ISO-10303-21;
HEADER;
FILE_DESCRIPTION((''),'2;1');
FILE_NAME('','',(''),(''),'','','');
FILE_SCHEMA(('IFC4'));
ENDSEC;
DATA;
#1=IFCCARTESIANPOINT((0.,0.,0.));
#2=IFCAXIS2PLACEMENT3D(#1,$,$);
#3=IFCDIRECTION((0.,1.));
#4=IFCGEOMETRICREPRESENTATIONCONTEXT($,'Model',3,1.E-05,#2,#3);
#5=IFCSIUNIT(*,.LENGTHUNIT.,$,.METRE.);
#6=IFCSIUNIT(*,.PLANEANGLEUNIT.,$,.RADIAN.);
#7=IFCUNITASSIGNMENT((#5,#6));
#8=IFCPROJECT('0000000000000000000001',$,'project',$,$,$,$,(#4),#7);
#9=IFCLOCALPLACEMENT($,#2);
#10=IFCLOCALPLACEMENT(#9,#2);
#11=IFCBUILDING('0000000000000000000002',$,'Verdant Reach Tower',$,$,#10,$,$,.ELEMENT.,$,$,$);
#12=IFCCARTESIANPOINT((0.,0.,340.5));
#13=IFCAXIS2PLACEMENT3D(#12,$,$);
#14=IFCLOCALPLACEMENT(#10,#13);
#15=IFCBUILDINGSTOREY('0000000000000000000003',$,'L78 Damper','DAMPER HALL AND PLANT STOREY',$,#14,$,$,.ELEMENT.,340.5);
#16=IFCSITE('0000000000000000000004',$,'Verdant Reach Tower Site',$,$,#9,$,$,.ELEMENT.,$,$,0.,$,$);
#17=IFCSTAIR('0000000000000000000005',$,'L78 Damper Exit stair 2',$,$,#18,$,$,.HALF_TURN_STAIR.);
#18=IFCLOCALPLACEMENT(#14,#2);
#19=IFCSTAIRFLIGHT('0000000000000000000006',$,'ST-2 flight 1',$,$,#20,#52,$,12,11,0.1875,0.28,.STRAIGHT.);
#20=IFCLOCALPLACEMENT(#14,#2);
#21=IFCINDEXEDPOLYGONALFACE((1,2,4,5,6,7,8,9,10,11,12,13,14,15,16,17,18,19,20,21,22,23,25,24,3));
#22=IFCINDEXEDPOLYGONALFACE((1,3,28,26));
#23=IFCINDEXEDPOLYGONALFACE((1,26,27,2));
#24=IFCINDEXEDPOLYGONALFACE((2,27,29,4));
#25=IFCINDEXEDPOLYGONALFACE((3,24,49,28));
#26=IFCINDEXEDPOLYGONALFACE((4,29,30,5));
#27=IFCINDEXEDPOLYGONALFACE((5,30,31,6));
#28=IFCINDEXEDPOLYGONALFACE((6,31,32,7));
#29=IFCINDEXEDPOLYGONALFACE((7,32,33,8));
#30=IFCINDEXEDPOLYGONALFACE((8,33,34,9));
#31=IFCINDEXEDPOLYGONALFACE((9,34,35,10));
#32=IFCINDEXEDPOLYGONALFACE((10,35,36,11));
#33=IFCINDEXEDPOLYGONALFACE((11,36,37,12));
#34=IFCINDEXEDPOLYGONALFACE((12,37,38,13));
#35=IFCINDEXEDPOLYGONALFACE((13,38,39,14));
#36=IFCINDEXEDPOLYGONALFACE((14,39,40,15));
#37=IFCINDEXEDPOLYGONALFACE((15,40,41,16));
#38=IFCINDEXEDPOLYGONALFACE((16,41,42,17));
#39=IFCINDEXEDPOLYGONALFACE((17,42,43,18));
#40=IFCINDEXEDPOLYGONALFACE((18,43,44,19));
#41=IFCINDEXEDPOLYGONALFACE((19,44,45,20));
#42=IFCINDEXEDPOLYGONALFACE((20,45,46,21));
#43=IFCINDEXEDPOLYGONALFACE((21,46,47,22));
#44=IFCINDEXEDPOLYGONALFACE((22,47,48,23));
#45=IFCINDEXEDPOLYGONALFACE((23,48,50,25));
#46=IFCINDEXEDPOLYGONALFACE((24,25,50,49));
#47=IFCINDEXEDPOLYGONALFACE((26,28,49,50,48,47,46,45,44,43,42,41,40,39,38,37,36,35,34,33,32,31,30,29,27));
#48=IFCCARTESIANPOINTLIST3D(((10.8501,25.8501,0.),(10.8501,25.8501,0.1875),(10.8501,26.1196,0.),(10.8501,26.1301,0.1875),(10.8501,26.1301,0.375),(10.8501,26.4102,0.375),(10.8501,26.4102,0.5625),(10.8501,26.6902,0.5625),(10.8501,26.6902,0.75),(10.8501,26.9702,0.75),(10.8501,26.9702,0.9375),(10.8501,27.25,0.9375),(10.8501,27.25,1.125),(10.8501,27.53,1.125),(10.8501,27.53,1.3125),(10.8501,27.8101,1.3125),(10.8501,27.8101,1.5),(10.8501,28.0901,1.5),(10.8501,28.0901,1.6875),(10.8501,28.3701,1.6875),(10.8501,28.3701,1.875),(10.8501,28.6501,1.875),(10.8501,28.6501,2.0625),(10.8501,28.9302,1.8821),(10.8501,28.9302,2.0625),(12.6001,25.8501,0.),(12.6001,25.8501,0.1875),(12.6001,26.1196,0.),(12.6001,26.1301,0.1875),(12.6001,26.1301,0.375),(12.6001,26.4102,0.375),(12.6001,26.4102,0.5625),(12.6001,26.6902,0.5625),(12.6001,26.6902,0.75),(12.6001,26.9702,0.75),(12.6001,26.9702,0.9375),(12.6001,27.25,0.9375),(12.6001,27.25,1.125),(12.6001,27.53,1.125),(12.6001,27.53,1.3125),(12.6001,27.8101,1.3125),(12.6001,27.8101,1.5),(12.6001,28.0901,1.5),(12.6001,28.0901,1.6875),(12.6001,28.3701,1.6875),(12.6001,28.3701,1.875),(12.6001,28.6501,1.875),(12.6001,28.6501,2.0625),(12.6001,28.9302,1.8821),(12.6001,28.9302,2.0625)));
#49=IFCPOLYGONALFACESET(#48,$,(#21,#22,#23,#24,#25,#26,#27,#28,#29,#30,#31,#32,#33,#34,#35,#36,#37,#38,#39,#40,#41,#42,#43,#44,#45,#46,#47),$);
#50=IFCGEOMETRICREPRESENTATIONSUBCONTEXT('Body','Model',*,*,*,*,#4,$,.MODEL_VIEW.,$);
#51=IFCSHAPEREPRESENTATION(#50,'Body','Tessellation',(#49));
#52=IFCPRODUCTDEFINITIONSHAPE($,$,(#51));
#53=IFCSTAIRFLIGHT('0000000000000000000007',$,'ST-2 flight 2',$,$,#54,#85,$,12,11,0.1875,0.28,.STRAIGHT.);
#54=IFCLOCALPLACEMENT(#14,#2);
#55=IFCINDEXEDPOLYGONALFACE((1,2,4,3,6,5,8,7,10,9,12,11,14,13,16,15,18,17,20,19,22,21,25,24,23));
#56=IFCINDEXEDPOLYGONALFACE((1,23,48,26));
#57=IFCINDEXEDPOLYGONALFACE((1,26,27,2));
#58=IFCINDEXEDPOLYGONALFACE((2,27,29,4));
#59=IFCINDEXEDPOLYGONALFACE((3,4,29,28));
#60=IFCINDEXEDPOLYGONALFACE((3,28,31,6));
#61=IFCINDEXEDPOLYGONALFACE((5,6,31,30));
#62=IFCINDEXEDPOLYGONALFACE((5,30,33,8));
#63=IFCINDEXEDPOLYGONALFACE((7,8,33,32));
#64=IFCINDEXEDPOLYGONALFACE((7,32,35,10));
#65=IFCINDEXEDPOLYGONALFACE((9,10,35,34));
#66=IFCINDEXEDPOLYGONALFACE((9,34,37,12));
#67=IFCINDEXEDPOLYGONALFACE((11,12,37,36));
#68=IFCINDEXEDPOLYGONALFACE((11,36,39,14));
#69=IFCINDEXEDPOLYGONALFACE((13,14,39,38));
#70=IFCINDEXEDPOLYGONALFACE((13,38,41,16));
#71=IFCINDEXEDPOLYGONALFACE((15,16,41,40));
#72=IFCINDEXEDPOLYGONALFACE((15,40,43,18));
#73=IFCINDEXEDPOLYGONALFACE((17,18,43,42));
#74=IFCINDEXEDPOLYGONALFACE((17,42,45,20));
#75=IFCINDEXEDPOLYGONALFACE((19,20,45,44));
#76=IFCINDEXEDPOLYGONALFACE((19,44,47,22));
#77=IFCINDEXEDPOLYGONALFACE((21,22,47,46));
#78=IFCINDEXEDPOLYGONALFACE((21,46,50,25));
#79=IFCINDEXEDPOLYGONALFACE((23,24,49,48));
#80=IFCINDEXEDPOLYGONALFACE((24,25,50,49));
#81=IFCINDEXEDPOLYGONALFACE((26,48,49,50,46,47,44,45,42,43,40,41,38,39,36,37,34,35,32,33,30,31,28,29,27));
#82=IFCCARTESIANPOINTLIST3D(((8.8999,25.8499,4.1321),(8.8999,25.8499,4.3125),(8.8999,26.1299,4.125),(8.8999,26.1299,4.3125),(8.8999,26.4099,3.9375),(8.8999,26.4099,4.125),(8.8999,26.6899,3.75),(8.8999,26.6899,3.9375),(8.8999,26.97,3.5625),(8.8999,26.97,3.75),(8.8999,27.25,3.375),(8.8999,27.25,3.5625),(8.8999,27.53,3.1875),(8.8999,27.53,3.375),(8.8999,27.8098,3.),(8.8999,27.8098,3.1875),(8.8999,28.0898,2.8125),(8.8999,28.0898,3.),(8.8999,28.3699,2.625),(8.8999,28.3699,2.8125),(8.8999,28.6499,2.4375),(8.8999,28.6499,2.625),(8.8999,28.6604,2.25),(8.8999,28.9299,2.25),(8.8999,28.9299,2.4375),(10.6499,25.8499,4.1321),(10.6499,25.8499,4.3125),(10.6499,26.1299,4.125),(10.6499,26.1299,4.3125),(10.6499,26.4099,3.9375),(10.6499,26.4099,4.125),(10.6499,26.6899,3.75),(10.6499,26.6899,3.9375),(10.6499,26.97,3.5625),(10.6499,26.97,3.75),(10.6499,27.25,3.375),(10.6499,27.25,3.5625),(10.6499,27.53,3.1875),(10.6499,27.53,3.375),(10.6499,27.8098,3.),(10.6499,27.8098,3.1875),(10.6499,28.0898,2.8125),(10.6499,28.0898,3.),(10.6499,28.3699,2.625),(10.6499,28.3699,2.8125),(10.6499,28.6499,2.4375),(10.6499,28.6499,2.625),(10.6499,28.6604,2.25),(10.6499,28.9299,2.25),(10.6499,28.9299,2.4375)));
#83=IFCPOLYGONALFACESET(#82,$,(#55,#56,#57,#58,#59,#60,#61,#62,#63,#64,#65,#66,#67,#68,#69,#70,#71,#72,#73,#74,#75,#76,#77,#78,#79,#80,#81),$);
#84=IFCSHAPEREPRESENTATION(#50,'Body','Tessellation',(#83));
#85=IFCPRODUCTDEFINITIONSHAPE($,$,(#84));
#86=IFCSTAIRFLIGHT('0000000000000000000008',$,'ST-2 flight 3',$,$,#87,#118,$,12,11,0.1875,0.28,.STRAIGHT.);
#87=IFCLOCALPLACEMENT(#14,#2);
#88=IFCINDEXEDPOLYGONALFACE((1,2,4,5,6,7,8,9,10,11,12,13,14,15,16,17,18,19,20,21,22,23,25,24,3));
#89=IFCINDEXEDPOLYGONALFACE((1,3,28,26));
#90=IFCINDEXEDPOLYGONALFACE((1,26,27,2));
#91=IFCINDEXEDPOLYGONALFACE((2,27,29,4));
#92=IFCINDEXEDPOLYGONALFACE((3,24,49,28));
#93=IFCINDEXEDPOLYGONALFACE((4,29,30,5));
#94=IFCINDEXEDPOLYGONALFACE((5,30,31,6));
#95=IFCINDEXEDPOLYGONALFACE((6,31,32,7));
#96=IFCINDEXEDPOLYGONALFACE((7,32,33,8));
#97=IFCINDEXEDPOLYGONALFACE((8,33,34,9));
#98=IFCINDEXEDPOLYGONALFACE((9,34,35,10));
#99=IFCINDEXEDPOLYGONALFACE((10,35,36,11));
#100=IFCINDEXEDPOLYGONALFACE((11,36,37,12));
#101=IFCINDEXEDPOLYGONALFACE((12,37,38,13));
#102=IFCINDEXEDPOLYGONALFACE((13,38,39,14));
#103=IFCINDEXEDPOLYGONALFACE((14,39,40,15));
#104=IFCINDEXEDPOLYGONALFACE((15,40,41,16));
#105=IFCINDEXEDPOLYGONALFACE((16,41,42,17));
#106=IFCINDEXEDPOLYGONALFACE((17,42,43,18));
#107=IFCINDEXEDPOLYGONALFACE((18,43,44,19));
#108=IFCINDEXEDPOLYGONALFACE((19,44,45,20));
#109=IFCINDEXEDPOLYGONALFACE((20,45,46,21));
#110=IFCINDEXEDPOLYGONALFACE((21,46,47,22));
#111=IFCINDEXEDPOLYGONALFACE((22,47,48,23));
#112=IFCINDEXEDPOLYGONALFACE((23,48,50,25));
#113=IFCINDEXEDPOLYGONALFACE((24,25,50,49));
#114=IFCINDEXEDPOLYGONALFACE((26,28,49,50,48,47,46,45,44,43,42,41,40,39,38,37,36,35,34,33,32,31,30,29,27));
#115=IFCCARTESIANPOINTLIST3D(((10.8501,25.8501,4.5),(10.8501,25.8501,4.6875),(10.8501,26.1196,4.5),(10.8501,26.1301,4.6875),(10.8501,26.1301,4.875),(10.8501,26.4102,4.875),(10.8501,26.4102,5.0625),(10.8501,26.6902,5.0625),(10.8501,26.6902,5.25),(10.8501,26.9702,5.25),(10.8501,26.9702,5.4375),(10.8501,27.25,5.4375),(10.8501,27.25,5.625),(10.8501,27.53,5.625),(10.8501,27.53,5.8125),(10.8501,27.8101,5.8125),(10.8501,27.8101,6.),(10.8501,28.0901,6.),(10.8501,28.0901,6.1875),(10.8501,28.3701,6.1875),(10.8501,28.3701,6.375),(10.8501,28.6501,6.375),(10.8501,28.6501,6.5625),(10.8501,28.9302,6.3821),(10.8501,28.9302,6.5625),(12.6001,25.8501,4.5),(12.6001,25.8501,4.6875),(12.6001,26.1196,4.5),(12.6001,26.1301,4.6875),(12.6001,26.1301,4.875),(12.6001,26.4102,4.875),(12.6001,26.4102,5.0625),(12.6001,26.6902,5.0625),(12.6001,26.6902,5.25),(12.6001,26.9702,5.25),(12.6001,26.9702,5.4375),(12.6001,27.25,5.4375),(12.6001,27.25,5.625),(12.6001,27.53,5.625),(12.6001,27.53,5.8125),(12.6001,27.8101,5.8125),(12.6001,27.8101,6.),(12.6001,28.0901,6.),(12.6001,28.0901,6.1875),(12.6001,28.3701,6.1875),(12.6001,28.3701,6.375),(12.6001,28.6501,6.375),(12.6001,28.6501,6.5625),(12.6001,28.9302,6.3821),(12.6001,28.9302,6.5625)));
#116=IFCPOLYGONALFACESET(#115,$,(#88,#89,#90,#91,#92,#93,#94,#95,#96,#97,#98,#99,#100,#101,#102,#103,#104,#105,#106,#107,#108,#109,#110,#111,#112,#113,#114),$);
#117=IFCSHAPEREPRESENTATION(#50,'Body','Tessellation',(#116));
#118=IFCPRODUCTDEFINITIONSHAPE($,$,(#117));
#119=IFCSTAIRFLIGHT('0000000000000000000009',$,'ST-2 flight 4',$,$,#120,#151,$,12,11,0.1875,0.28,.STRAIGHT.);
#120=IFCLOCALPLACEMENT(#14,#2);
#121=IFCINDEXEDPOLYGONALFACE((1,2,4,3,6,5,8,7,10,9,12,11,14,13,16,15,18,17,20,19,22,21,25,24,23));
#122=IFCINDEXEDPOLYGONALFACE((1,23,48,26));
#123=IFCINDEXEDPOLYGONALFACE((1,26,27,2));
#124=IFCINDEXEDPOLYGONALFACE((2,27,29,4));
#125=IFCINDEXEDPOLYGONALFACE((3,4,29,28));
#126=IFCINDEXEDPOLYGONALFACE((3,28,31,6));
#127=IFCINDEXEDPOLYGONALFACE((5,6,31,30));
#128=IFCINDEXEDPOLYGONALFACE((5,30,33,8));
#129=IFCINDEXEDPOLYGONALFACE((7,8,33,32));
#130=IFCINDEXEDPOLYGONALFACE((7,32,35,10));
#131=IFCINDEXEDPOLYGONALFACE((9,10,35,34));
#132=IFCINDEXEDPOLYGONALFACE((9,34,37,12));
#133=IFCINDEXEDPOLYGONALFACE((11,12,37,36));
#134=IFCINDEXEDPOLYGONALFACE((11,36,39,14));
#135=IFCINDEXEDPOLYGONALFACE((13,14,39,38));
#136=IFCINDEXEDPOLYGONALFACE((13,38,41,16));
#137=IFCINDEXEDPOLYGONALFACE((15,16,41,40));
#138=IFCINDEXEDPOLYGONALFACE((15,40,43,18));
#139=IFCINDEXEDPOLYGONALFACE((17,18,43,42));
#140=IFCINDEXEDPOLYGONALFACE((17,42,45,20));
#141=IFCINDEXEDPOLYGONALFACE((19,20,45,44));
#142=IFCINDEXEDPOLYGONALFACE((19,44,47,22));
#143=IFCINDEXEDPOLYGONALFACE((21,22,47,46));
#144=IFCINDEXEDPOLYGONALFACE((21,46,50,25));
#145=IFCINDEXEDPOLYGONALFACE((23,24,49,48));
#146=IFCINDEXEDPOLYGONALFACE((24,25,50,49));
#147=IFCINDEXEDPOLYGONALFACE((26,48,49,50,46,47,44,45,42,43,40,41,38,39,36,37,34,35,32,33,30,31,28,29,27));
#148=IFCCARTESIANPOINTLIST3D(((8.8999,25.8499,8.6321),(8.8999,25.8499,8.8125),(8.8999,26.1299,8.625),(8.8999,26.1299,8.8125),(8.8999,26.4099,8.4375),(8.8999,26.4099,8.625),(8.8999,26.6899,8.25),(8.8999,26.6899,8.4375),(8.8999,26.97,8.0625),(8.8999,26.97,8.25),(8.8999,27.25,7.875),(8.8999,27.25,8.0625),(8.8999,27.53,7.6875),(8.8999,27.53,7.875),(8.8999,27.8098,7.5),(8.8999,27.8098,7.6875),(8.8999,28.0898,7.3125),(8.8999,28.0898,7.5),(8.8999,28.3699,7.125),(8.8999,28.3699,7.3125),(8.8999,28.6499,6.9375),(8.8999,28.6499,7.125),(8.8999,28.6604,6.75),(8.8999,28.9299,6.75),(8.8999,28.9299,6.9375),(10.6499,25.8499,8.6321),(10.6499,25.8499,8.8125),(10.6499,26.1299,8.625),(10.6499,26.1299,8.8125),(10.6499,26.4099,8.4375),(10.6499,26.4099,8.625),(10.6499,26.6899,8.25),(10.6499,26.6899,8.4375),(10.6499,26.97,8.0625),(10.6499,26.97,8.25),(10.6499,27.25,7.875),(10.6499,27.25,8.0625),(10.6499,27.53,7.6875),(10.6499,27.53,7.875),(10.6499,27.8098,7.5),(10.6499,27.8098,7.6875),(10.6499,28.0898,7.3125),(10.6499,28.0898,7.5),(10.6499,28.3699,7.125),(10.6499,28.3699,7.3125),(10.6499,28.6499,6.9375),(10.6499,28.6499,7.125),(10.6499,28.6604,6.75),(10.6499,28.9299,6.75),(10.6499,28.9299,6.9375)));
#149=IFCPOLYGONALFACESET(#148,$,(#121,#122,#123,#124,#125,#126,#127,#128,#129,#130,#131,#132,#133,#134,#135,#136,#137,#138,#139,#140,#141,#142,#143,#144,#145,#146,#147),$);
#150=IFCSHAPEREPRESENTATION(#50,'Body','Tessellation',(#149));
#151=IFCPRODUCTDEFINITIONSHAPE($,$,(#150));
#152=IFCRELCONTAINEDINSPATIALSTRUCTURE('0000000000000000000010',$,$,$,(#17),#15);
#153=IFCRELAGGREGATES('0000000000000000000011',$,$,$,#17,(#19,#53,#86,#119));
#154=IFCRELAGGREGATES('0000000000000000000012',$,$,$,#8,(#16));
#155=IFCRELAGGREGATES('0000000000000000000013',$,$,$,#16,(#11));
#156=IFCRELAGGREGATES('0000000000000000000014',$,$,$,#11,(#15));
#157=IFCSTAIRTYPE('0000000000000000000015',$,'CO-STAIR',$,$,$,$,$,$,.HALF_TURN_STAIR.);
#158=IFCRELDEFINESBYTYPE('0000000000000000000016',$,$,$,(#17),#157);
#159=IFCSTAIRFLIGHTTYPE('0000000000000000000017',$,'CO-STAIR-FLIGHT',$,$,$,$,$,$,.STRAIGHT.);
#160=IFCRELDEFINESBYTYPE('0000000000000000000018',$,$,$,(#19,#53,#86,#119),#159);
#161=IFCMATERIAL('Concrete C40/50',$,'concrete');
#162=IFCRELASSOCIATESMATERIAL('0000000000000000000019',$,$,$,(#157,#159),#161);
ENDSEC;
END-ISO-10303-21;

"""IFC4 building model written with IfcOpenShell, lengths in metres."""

from ifc_helpers import new_model, si_unit, direction, frame, origin, place, context, subcontext, project, spatial, polyline, outline, extrude, material, type_object, element, aggregate, save


model = new_model("IFC4")

# Units and contexts
model_context = context("Model", 3, precision=1e-05, world=origin(), true_north=direction((0.0, 1.0)))
body_context = subcontext(model_context, "Body", "Model", "MODEL_VIEW")
ifc_project = project(units=[si_unit("LENGTHUNIT", "METRE"), si_unit("PLANEANGLEUNIT", "RADIAN")], contexts=[model_context])

# Site, building, storey
site_placement = place(None, origin())
site = spatial("IfcSite", under=ifc_project, at=site_placement, Name="Verdant Reach Tower Site", CompositionType="ELEMENT", RefElevation=0.0)
building_placement = place(site_placement, origin())
building = spatial("IfcBuilding", under=site, at=building_placement, Name="Verdant Reach Tower", CompositionType="ELEMENT")
storey_placement = place(building_placement, frame((0.0, 0.0, 340.5)))
storey = spatial("IfcBuildingStorey", under=building, at=storey_placement, Name="L78 Damper", Description="DAMPER HALL AND PLANT STOREY", CompositionType="ELEMENT", Elevation=340.5)

# Shared definitions
ifc_material_1 = material(Name="Concrete C40/50", Category="concrete")

# Stair, stair flights
stair_type = type_object("IfcStairType", Name="CO-STAIR", PredefinedType="HALF_TURN_STAIR", material=ifc_material_1)
stair_placement = place(storey_placement, origin())
stair = element("IfcStair", 1, at=stair_placement, inside=storey, type_object=stair_type, Name="L78 Damper Exit stair 2", PredefinedType="HALF_TURN_STAIR")
stair_flight_type = type_object("IfcStairFlightType", Name="CO-STAIR-FLIGHT", PredefinedType="STRAIGHT", material=ifc_material_1)
stair_flight_1_placement = place(storey_placement, frame((11.7251, 25.8501, 0.0), z_axis=(0.0, 0.0, 1.0), x_axis=(0.0, 1.0, 0.0)))
stair_flight_1 = element("IfcStairFlight", 2, at=stair_flight_1_placement, type_object=stair_flight_type, Name="ST-2 flight 1", NumberOfRisers=12, NumberOfTreads=11, PredefinedType="STRAIGHT", RiserHeight=0.1875, TreadLength=0.28, context=body_context, shape_type="SweptSolid", body=[
    extrude(outline(polyline([(0.0, 0.0), (0.0, 0.1875), (0.28, 0.1875), (0.28, 0.375), (0.5601, 0.375), (0.5601, 0.5625), (0.8401, 0.5625), (0.8401, 0.75), (1.1201, 0.75), (1.1201, 0.9375), (1.3999, 0.9375), (1.3999, 1.125), (1.6799, 1.125), (1.6799, 1.3125), (1.96, 1.3125), (1.96, 1.5), (2.24, 1.5), (2.24, 1.6875), (2.52, 1.6875), (2.52, 1.875), (2.8, 1.875), (2.8, 2.0625), (3.0801, 2.0625), (3.0801, 2.25), (3.0801, 1.8821), (0.2695, 0.0), (0.0, 0.0)])), frame((0.0, 0.875, 0.0), z_axis=(0.0, -1.0, 0.0), x_axis=(1.0, 0.0, 0.0)), (0.0, 0.0, 1.0), 1.75),
])
stair_flight_2_placement = place(storey_placement, frame((9.7749, 28.9299, 2.25), z_axis=(0.0, 0.0, 1.0), x_axis=(0.0, -1.0, 0.0)))
stair_flight_2 = element("IfcStairFlight", 3, at=stair_flight_2_placement, type_object=stair_flight_type, Name="ST-2 flight 2", NumberOfRisers=12, NumberOfTreads=11, PredefinedType="STRAIGHT", RiserHeight=0.1875, TreadLength=0.28, context=body_context, shape_type="SweptSolid", body=[
    extrude(outline(polyline([(0.0, 0.0), (0.0, 0.1875), (0.28, 0.1875), (0.28, 0.375), (0.5601, 0.375), (0.5601, 0.5625), (0.8401, 0.5625), (0.8401, 0.75), (1.1201, 0.75), (1.1201, 0.9375), (1.3999, 0.9375), (1.3999, 1.125), (1.6799, 1.125), (1.6799, 1.3125), (1.96, 1.3125), (1.96, 1.5), (2.24, 1.5), (2.24, 1.6875), (2.52, 1.6875), (2.52, 1.875), (2.8, 1.875), (2.8, 2.0625), (3.0801, 2.0625), (3.0801, 2.25), (3.0801, 1.8821), (0.2695, 0.0), (0.0, 0.0)])), frame((0.0, 0.875, 0.0), z_axis=(0.0, -1.0, 0.0), x_axis=(1.0, 0.0, 0.0)), (0.0, 0.0, 1.0), 1.75),
])
stair_flight_3_placement = place(storey_placement, frame((11.7251, 25.8501, 4.5), z_axis=(0.0, 0.0, 1.0), x_axis=(0.0, 1.0, 0.0)))
stair_flight_3 = element("IfcStairFlight", 4, at=stair_flight_3_placement, type_object=stair_flight_type, Name="ST-2 flight 3", NumberOfRisers=12, NumberOfTreads=11, PredefinedType="STRAIGHT", RiserHeight=0.1875, TreadLength=0.28, context=body_context, shape_type="SweptSolid", body=[
    extrude(outline(polyline([(0.0, 0.0), (0.0, 0.1875), (0.28, 0.1875), (0.28, 0.375), (0.5601, 0.375), (0.5601, 0.5625), (0.8401, 0.5625), (0.8401, 0.75), (1.1201, 0.75), (1.1201, 0.9375), (1.3999, 0.9375), (1.3999, 1.125), (1.6799, 1.125), (1.6799, 1.3125), (1.96, 1.3125), (1.96, 1.5), (2.24, 1.5), (2.24, 1.6875), (2.52, 1.6875), (2.52, 1.875), (2.8, 1.875), (2.8, 2.0625), (3.0801, 2.0625), (3.0801, 2.25), (3.0801, 1.8821), (0.2695, 0.0), (0.0, 0.0)])), frame((0.0, 0.875, 0.0), z_axis=(0.0, -1.0, 0.0), x_axis=(1.0, 0.0, 0.0)), (0.0, 0.0, 1.0), 1.75),
])
stair_flight_4_placement = place(storey_placement, frame((9.7749, 28.9299, 6.75), z_axis=(0.0, 0.0, 1.0), x_axis=(0.0, -1.0, 0.0)))
stair_flight_4 = element("IfcStairFlight", 5, at=stair_flight_4_placement, type_object=stair_flight_type, Name="ST-2 flight 4", NumberOfRisers=12, NumberOfTreads=11, PredefinedType="STRAIGHT", RiserHeight=0.1875, TreadLength=0.28, context=body_context, shape_type="SweptSolid", body=[
    extrude(outline(polyline([(0.0, 0.0), (0.0, 0.1875), (0.28, 0.1875), (0.28, 0.375), (0.5601, 0.375), (0.5601, 0.5625), (0.8401, 0.5625), (0.8401, 0.75), (1.1201, 0.75), (1.1201, 0.9375), (1.3999, 0.9375), (1.3999, 1.125), (1.6799, 1.125), (1.6799, 1.3125), (1.96, 1.3125), (1.96, 1.5), (2.24, 1.5), (2.24, 1.6875), (2.52, 1.6875), (2.52, 1.875), (2.8, 1.875), (2.8, 2.0625), (3.0801, 2.0625), (3.0801, 2.25), (3.0801, 1.8821), (0.2695, 0.0), (0.0, 0.0)])), frame((0.0, 0.875, 0.0), z_axis=(0.0, -1.0, 0.0), x_axis=(1.0, 0.0, 0.0)), (0.0, 0.0, 1.0), 1.75),
])
aggregate(stair, [stair_flight_1, stair_flight_2, stair_flight_3, stair_flight_4])

save(model, "model.ifc")
